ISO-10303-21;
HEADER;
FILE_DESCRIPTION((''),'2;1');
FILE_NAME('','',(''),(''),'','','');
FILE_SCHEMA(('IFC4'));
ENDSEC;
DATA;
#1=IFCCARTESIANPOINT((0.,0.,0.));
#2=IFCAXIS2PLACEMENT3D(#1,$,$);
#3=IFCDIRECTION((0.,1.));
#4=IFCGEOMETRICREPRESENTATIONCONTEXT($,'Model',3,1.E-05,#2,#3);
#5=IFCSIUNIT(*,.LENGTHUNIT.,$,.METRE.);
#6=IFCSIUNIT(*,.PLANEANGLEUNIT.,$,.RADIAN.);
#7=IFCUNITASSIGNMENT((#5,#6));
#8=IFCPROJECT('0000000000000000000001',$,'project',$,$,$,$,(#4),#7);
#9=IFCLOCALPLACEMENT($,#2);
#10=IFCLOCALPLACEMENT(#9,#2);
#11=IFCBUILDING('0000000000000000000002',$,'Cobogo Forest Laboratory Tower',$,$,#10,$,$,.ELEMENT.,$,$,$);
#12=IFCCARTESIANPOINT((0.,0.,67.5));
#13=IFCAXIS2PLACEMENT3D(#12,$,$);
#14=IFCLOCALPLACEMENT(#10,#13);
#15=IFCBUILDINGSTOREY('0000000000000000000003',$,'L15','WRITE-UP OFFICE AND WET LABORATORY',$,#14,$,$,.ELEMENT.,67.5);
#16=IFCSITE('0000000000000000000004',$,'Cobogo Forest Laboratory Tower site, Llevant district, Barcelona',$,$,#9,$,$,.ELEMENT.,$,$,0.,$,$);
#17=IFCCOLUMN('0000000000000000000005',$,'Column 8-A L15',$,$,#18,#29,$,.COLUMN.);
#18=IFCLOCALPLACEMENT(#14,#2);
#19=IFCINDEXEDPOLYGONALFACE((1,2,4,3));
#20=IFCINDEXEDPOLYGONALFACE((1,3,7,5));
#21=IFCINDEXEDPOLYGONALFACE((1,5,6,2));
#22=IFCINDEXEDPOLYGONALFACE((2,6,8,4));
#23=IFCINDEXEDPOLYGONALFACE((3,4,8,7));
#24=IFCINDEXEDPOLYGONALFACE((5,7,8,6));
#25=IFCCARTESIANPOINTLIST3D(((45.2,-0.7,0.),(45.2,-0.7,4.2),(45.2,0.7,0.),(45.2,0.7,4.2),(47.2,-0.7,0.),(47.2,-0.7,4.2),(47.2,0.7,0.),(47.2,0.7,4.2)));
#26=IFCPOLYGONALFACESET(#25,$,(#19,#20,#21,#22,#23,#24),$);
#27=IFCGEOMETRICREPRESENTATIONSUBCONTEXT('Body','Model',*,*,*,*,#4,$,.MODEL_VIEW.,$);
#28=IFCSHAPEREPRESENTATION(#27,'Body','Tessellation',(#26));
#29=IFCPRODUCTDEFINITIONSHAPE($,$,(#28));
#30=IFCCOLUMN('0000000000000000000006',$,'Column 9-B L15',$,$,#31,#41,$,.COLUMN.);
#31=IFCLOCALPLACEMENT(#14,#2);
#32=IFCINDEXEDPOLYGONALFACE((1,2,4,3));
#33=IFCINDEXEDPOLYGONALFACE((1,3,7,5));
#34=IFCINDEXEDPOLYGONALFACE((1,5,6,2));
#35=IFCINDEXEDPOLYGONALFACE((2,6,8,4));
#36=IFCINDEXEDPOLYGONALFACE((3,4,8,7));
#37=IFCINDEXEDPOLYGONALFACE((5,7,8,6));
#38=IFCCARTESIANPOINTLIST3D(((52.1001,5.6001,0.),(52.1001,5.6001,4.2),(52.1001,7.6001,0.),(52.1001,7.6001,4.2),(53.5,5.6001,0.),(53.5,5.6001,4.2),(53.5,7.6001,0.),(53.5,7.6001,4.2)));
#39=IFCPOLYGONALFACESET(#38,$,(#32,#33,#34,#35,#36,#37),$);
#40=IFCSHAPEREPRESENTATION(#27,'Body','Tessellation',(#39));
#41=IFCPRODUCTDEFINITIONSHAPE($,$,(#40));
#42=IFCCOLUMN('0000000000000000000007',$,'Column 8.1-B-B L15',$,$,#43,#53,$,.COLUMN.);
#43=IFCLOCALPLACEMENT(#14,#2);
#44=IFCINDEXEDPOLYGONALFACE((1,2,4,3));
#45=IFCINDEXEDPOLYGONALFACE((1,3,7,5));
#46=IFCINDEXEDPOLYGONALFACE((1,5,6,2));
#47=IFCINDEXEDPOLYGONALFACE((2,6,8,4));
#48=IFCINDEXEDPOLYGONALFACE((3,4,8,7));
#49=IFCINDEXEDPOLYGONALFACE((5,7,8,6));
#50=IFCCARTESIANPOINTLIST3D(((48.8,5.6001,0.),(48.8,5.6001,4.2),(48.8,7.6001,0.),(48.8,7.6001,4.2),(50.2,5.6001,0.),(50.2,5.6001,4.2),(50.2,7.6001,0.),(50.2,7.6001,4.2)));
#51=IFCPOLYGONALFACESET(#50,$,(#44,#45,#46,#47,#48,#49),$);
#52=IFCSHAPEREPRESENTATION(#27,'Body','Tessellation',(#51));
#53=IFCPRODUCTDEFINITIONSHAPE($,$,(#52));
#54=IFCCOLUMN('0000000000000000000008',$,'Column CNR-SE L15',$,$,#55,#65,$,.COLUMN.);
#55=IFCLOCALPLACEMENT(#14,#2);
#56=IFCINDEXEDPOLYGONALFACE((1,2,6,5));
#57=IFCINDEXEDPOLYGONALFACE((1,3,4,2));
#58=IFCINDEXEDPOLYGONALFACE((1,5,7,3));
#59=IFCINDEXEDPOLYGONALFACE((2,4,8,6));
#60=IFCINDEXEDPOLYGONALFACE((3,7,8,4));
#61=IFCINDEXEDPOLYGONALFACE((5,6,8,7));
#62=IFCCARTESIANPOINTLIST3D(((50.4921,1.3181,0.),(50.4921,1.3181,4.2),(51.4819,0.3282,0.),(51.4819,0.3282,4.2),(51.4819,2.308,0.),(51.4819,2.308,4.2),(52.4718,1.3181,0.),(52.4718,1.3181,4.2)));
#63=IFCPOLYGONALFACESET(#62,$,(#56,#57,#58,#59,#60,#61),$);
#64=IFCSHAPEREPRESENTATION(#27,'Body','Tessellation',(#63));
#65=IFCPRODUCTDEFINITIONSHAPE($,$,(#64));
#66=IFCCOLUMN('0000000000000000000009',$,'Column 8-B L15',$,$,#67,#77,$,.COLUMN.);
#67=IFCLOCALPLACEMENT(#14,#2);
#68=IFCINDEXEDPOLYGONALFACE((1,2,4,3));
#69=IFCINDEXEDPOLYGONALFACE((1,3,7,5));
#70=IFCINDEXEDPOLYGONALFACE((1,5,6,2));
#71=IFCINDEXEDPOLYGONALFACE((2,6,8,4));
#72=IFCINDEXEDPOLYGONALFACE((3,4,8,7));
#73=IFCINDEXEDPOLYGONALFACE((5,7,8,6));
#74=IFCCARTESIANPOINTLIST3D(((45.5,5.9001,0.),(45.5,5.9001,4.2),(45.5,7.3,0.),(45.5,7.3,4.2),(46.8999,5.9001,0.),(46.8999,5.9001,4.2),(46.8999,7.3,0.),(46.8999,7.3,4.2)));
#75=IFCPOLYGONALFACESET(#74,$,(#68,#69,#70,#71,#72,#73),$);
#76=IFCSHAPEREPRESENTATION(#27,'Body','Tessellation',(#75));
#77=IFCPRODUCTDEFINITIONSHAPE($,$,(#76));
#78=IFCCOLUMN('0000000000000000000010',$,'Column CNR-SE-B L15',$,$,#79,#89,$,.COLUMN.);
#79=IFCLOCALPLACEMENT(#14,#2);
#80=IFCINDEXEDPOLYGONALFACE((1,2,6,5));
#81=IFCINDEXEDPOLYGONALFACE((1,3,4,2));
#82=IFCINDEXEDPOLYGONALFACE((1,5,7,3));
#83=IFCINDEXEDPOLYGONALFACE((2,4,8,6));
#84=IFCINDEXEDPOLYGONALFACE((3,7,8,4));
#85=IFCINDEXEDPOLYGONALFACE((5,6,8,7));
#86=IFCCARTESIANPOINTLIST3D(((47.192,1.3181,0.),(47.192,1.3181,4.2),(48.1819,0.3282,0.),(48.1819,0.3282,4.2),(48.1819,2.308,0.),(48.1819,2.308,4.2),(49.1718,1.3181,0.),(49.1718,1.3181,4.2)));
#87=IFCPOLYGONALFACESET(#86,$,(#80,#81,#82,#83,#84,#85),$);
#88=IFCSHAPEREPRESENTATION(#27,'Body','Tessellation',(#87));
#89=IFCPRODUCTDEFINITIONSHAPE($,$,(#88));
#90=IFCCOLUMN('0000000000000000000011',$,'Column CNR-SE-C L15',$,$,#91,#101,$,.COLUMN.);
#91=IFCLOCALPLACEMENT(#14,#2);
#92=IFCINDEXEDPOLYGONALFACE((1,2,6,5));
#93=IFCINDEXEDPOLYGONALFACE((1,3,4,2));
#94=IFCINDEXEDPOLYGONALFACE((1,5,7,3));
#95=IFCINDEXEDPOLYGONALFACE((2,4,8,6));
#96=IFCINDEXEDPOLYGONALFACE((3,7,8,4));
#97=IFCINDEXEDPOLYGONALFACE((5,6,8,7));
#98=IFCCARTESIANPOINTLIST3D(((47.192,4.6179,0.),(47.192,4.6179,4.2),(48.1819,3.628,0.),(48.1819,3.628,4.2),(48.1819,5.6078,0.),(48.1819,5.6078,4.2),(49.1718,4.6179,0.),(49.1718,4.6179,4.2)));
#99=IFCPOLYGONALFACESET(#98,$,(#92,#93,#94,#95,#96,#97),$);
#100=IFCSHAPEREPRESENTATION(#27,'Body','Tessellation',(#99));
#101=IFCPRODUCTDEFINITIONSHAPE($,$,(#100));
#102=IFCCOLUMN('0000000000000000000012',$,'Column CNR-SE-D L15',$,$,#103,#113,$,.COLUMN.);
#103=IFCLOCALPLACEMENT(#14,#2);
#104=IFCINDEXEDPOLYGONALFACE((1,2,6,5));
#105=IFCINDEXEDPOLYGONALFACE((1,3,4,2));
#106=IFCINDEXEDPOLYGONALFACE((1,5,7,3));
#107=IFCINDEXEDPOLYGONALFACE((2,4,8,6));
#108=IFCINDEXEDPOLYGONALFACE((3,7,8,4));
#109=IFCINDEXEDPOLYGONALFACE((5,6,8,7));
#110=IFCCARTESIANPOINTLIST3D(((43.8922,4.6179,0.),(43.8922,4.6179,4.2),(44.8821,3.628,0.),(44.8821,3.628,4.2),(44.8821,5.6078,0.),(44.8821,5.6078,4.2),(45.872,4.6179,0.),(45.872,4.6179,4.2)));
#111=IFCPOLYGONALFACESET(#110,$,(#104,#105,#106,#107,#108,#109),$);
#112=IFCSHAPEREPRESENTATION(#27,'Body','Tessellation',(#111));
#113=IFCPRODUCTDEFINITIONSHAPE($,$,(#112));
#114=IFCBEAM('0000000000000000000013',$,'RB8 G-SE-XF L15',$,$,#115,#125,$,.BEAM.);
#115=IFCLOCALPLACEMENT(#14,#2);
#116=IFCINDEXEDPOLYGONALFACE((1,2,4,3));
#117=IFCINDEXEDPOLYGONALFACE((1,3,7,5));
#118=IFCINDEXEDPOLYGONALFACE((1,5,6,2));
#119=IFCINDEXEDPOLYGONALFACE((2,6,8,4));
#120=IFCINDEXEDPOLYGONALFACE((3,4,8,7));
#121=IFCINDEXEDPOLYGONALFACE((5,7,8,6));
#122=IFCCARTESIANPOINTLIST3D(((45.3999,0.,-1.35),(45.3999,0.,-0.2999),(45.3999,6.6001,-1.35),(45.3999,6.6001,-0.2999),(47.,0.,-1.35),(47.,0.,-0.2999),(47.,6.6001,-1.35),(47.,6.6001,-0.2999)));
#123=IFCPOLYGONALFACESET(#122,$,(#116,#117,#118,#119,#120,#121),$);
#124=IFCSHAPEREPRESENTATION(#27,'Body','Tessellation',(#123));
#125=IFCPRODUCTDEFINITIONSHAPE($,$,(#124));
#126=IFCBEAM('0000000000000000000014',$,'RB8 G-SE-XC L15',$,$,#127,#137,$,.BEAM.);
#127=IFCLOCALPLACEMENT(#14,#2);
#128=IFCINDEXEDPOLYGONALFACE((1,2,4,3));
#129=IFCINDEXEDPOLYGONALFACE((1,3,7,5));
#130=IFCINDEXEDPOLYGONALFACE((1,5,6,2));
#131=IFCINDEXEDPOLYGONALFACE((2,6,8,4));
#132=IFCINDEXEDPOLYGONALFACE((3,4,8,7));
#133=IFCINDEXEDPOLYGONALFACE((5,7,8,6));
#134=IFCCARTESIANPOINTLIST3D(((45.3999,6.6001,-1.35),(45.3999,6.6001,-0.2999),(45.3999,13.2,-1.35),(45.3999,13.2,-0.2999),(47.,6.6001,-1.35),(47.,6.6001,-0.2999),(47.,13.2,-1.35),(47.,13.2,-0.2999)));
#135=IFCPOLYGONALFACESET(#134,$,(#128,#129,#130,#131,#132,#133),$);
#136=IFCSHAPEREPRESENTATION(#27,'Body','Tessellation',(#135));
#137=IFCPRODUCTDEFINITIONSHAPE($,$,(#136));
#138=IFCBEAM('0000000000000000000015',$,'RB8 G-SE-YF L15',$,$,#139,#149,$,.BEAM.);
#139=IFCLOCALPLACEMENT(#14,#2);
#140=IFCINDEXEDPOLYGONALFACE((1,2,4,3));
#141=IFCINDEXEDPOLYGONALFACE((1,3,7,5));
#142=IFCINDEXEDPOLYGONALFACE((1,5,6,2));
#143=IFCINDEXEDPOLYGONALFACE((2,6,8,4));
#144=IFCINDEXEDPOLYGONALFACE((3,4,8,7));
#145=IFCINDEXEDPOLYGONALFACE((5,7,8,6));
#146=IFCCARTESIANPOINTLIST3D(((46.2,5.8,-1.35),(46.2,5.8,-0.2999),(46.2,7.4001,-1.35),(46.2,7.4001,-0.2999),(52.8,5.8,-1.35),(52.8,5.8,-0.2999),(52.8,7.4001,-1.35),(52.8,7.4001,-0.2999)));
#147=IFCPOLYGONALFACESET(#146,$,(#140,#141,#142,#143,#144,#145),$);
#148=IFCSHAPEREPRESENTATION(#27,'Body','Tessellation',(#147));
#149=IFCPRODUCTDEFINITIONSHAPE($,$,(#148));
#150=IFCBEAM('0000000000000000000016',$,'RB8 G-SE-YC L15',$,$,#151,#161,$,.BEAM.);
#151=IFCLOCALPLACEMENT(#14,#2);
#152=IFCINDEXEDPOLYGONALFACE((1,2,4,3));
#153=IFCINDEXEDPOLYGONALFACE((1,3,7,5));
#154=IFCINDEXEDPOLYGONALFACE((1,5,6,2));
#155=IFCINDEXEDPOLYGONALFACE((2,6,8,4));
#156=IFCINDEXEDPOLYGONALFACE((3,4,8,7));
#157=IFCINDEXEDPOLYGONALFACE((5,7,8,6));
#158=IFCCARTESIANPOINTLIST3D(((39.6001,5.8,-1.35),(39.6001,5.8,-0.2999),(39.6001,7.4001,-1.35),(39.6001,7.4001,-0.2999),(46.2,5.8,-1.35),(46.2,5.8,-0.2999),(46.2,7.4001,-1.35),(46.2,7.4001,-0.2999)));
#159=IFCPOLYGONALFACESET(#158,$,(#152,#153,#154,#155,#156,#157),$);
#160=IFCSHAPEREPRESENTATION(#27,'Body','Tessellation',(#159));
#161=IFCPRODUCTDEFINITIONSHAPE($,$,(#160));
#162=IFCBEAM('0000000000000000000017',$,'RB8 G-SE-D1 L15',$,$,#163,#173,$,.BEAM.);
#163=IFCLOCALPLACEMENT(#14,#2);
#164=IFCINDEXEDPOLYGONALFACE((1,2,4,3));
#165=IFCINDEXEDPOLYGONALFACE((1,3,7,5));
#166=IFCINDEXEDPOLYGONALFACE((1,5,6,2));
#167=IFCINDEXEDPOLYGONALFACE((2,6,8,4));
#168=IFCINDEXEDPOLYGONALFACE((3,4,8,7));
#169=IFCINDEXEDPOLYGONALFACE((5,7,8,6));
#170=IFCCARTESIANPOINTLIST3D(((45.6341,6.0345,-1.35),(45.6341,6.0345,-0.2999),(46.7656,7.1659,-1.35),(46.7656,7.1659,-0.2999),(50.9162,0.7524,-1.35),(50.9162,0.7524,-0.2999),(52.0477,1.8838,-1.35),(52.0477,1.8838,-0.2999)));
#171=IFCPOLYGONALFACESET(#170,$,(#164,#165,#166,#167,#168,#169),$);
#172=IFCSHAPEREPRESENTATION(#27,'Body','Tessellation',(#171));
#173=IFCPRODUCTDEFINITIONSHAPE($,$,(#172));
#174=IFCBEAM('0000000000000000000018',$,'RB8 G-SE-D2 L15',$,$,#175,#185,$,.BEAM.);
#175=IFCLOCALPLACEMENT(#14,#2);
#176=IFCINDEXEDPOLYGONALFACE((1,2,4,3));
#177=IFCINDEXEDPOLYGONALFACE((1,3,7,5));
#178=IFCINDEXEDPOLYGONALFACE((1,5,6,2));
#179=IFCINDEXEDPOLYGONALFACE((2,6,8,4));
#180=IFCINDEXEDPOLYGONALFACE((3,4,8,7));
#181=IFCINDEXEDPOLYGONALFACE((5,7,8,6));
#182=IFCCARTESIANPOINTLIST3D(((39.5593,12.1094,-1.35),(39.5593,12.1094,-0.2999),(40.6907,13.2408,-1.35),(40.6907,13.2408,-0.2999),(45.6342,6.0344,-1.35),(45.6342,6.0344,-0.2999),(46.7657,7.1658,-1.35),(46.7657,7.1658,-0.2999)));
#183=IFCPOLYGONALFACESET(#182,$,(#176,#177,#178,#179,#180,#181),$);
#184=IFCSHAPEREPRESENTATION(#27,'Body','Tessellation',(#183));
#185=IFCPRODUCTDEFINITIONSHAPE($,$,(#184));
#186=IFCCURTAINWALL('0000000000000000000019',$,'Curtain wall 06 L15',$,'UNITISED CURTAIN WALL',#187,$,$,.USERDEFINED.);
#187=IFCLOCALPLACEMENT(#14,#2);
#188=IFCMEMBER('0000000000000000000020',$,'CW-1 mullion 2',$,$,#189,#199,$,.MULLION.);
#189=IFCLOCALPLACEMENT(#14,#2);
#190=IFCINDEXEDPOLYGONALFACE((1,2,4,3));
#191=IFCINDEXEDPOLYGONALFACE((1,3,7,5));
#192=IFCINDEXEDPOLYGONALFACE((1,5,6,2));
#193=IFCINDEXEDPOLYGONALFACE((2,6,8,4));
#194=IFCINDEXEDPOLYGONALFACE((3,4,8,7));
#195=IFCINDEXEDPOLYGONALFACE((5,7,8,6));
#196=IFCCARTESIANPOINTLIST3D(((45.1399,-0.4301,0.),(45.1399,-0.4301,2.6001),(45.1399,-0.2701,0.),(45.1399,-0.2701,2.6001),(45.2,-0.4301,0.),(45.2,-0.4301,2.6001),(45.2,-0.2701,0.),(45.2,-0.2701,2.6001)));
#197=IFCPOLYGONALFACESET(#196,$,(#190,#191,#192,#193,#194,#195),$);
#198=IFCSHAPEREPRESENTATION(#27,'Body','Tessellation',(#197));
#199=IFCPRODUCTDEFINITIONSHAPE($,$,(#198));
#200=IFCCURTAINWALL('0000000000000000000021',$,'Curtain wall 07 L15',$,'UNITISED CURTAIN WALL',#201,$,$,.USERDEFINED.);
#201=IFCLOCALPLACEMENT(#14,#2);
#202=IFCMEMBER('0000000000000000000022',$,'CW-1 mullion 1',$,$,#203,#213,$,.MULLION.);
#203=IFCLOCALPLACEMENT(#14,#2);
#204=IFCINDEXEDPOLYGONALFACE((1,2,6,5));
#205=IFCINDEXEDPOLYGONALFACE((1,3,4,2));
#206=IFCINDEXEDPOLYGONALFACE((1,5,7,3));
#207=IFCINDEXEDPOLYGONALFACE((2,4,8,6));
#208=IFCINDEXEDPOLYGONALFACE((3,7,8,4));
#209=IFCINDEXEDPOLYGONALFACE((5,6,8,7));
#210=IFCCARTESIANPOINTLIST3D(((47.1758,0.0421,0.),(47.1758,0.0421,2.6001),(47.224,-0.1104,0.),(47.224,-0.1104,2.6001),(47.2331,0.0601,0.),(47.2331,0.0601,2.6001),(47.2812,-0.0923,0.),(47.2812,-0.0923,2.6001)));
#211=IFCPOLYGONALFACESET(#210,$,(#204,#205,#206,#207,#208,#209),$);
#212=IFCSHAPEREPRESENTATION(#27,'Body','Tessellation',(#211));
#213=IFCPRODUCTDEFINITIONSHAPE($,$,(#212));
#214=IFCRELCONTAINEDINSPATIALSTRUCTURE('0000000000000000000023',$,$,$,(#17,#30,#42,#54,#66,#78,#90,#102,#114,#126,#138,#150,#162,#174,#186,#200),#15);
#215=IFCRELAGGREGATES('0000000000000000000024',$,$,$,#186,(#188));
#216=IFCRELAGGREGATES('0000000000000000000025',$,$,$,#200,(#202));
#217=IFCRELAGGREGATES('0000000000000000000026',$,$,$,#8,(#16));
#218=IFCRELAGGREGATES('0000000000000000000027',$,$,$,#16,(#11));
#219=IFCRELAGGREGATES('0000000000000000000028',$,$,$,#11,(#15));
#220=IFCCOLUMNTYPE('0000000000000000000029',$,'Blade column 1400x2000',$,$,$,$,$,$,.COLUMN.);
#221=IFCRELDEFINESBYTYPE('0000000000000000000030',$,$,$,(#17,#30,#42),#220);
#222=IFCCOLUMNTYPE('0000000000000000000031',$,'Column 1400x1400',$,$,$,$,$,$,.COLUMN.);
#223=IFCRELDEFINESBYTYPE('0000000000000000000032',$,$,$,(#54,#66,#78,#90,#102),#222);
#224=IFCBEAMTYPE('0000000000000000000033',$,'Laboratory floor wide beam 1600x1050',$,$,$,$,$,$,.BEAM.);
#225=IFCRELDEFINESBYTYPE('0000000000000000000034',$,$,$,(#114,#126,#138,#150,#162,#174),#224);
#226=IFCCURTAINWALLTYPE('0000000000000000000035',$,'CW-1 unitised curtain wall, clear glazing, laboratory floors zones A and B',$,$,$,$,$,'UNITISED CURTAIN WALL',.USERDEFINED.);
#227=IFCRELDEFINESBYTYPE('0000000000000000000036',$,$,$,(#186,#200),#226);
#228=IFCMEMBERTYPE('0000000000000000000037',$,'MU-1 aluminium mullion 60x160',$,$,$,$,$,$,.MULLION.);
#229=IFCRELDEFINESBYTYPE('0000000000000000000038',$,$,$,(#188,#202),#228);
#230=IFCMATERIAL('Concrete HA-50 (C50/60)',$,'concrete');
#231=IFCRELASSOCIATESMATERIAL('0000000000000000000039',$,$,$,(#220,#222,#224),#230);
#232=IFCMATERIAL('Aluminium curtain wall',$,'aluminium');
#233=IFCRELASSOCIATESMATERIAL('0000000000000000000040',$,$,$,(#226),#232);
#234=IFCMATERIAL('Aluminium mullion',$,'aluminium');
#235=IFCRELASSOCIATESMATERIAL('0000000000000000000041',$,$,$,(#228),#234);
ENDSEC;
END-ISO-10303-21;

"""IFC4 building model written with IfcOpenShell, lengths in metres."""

from ifc_helpers import new_model, si_unit, direction, frame, origin, origin_2d, place, context, subcontext, project, spatial, rectangle, extrude, material, material_profile, profile_set, type_object, element, aggregate, save


model = new_model("IFC4")

# Units and contexts
model_context = context("Model", 3, precision=1e-05, world=origin(), true_north=direction((0.0, 1.0)))
body_context = subcontext(model_context, "Body", "Model", "MODEL_VIEW")
ifc_project = project(units=[si_unit("LENGTHUNIT", "METRE"), si_unit("PLANEANGLEUNIT", "RADIAN")], contexts=[model_context])

# Site, building, storey
site_placement = place(None, origin())
site = spatial("IfcSite", under=ifc_project, at=site_placement, Name="Cobogo Forest Laboratory Tower site, Llevant district, Barcelona", CompositionType="ELEMENT", RefElevation=0.0)
building_placement = place(site_placement, origin())
building = spatial("IfcBuilding", under=site, at=building_placement, Name="Cobogo Forest Laboratory Tower", CompositionType="ELEMENT")
storey_placement = place(building_placement, frame((0.0, 0.0, 67.5)))
storey = spatial("IfcBuildingStorey", under=building, at=storey_placement, Name="L15", Description="WRITE-UP OFFICE AND WET LABORATORY", CompositionType="ELEMENT", Elevation=67.5)

# Columns
ifc_material_1 = material(Name="Concrete HA-50 (C50/60)", Category="concrete")
ifc_material_profile_1 = material_profile(ifc_material_1, rectangle(XDim=2.0, YDim=1.3999, at=origin_2d()), Name="RC 1400x2000")
ifc_profile_set_1 = profile_set([ifc_material_profile_1], Name="Concrete HA-50 (C50/60)")
column_type_1 = type_object("IfcColumnType", Name="Blade column 1400x2000", PredefinedType="COLUMN", material=ifc_profile_set_1)
for number, where, z_axis, x_axis, name in (
    (1, (46.2, 0.0, 0.0), (0.0, 0.0, 1.0), (1.0, 0.0, 0.0), "Column 8-A L15"),
    (2, (52.8, 6.6001, 0.0), (0.0, 0.0, 1.0), (0.0, 1.0, 0.0), "Column 9-B L15"),
    (3, (49.5, 6.6001, 0.0), (0.0, 0.0, 1.0), (0.0, 1.0, 0.0), "Column 8.1-B-B L15"),
):
    element("IfcColumn", number, at=place(storey_placement, frame(where, z_axis=z_axis, x_axis=x_axis)), inside=storey, type_object=column_type_1, Name=name, PredefinedType="COLUMN", context=body_context, shape_type="SweptSolid", body=[
        extrude(rectangle(XDim=2.0, YDim=1.3999, at=origin_2d()), origin(), (0.0, 0.0, 1.0), 4.2),
    ])
ifc_material_profile_2 = material_profile(ifc_material_1, rectangle(XDim=1.3999, YDim=1.3999, at=origin_2d()), Name="RC 1400x1400")
ifc_profile_set_2 = profile_set([ifc_material_profile_2], Name="Concrete HA-50 (C50/60)")
column_type_2 = type_object("IfcColumnType", Name="Column 1400x1400", PredefinedType="COLUMN", material=ifc_profile_set_2)
for number, where, z_axis, x_axis, name in (
    (4, (51.4819, 1.3181, 0.0), (0.0, 0.0, 1.0), (0.707107, 0.707107, 0.0), "Column CNR-SE L15"),
    (5, (46.2, 6.6001, 0.0), (0.0, 0.0, 1.0), (1.0, 0.0, 0.0), "Column 8-B L15"),
    (6, (48.1819, 1.3181, 0.0), (0.0, 0.0, 1.0), (0.707107, 0.707107, 0.0), "Column CNR-SE-B L15"),
    (7, (48.1819, 4.6179, 0.0), (0.0, 0.0, 1.0), (0.707107, 0.707107, 0.0), "Column CNR-SE-C L15"),
    (8, (44.8821, 4.6179, 0.0), (0.0, 0.0, 1.0), (0.707107, 0.707107, 0.0), "Column CNR-SE-D L15"),
):
    element("IfcColumn", number, at=place(storey_placement, frame(where, z_axis=z_axis, x_axis=x_axis)), inside=storey, type_object=column_type_2, Name=name, PredefinedType="COLUMN", context=body_context, shape_type="SweptSolid", body=[
        extrude(rectangle(XDim=1.3999, YDim=1.3999, at=origin_2d()), origin(), (0.0, 0.0, 1.0), 4.2),
    ])

# Beams
ifc_material_profile_3 = material_profile(ifc_material_1, rectangle(XDim=1.6001, YDim=1.05, at=origin_2d()), Name="RC 1600x1050")
ifc_profile_set_3 = profile_set([ifc_material_profile_3], Name="Concrete HA-50 (C50/60)")
beam_type_1 = type_object("IfcBeamType", Name="Laboratory floor wide beam 1600x1050", PredefinedType="BEAM", material=ifc_profile_set_3)
beam_1_placement = place(storey_placement, frame((46.2, 0.0, -0.825), z_axis=(0.0, 1.0, 0.0), x_axis=(-1.0, 0.0, 0.0)))
element("IfcBeam", 9, at=beam_1_placement, inside=storey, type_object=beam_type_1, Name="RB8 G-SE-XF L15", PredefinedType="BEAM", context=body_context, shape_type="SweptSolid", body=[
    extrude(rectangle(XDim=1.6001, YDim=1.05, at=origin_2d()), origin(), (0.0, 0.0, 1.0), 6.6001),
])
beam_2_placement = place(storey_placement, frame((46.2, 6.6001, -0.825), z_axis=(0.0, 1.0, 0.0), x_axis=(-1.0, 0.0, 0.0)))
element("IfcBeam", 10, at=beam_2_placement, inside=storey, type_object=beam_type_1, Name="RB8 G-SE-XC L15", PredefinedType="BEAM", context=body_context, shape_type="SweptSolid", body=[
    extrude(rectangle(XDim=1.6001, YDim=1.05, at=origin_2d()), origin(), (0.0, 0.0, 1.0), 6.5999),
])
beam_3_placement = place(storey_placement, frame((52.8, 6.6001, -0.825), z_axis=(-1.0, 0.0, 0.0), x_axis=(0.0, -1.0, 0.0)))
element("IfcBeam", 11, at=beam_3_placement, inside=storey, type_object=beam_type_1, Name="RB8 G-SE-YF L15", PredefinedType="BEAM", context=body_context, shape_type="SweptSolid", body=[
    extrude(rectangle(XDim=1.6001, YDim=1.05, at=origin_2d()), origin(), (0.0, 0.0, 1.0), 6.6001),
])
beam_4_placement = place(storey_placement, frame((46.2, 6.6001, -0.825), z_axis=(-1.0, 0.0, 0.0), x_axis=(0.0, -1.0, 0.0)))
element("IfcBeam", 12, at=beam_4_placement, inside=storey, type_object=beam_type_1, Name="RB8 G-SE-YC L15", PredefinedType="BEAM", context=body_context, shape_type="SweptSolid", body=[
    extrude(rectangle(XDim=1.6001, YDim=1.05, at=origin_2d()), origin(), (0.0, 0.0, 1.0), 6.5999),
])
beam_5_placement = place(storey_placement, frame((51.4819, 1.3181, -0.825), z_axis=(-0.707107, 0.707107, 0.0), x_axis=(-0.707107, -0.707107, 0.0)))
element("IfcBeam", 13, at=beam_5_placement, inside=storey, type_object=beam_type_1, Name="RB8 G-SE-D1 L15", PredefinedType="BEAM", context=body_context, shape_type="SweptSolid", body=[
    extrude(rectangle(XDim=1.6001, YDim=1.05, at=origin_2d()), origin(), (0.0, 0.0, 1.0), 7.47),
])
beam_6_placement = place(storey_placement, frame((46.2, 6.6001, -0.825), z_axis=(-0.707107, 0.707107, 0.0), x_axis=(-0.707107, -0.707107, 0.0)))
element("IfcBeam", 14, at=beam_6_placement, inside=storey, type_object=beam_type_1, Name="RB8 G-SE-D2 L15", PredefinedType="BEAM", context=body_context, shape_type="SweptSolid", body=[
    extrude(rectangle(XDim=1.6001, YDim=1.05, at=origin_2d()), origin(), (0.0, 0.0, 1.0), 8.5913),
])

# Curtain wall, member
ifc_material_2 = material(Name="Aluminium curtain wall", Category="aluminium")
curtain_wall_type = type_object("IfcCurtainWallType", Name="CW-1 unitised curtain wall, clear glazing, laboratory floors zones A and B", ElementType="UNITISED CURTAIN WALL", PredefinedType="USERDEFINED", material=ifc_material_2)
curtain_wall_1_placement = place(storey_placement, origin())
curtain_wall_1 = element("IfcCurtainWall", 15, at=curtain_wall_1_placement, inside=storey, type_object=curtain_wall_type, Name="Curtain wall 06 L15", ObjectType="UNITISED CURTAIN WALL", PredefinedType="USERDEFINED")
ifc_material_3 = material(Name="Aluminium mullion", Category="aluminium")
ifc_material_profile_4 = material_profile(ifc_material_3, rectangle(XDim=0.0601, YDim=0.1599, at=origin_2d()), Name="AL 60x160")
ifc_profile_set_4 = profile_set([ifc_material_profile_4], Name="Aluminium mullion")
member_type_1 = type_object("IfcMemberType", Name="MU-1 aluminium mullion 60x160", PredefinedType="MULLION", material=ifc_profile_set_4)
member_1_placement = place(storey_placement, frame((45.1699, -0.3501, 0.0), z_axis=(0.0, 0.0, 1.0), x_axis=(1.0, 0.0, 0.0)))
member_1 = element("IfcMember", 16, at=member_1_placement, type_object=member_type_1, Name="CW-1 mullion 2", PredefinedType="MULLION", context=body_context, shape_type="SweptSolid", body=[
    extrude(rectangle(XDim=0.0601, YDim=0.1599, at=origin_2d()), origin(), (0.0, 0.0, 1.0), 2.6001),
])
aggregate(curtain_wall_1, [member_1])

# Curtain wall, member
curtain_wall_2_placement = place(storey_placement, origin())
curtain_wall_2 = element("IfcCurtainWall", 17, at=curtain_wall_2_placement, inside=storey, type_object=curtain_wall_type, Name="Curtain wall 07 L15", ObjectType="UNITISED CURTAIN WALL", PredefinedType="USERDEFINED")
member_2_placement = place(storey_placement, frame((47.2285, -0.0251, 0.0), z_axis=(0.0, 0.0, 1.0), x_axis=(0.953581, 0.301135, 0.0)))
member_2 = element("IfcMember", 18, at=member_2_placement, type_object=member_type_1, Name="CW-1 mullion 1", PredefinedType="MULLION", context=body_context, shape_type="SweptSolid", body=[
    extrude(rectangle(XDim=0.0601, YDim=0.1599, at=origin_2d()), origin(), (0.0, 0.0, 1.0), 2.6001),
])

aggregate(curtain_wall_2, [member_2])

save(model, "model.ifc")
